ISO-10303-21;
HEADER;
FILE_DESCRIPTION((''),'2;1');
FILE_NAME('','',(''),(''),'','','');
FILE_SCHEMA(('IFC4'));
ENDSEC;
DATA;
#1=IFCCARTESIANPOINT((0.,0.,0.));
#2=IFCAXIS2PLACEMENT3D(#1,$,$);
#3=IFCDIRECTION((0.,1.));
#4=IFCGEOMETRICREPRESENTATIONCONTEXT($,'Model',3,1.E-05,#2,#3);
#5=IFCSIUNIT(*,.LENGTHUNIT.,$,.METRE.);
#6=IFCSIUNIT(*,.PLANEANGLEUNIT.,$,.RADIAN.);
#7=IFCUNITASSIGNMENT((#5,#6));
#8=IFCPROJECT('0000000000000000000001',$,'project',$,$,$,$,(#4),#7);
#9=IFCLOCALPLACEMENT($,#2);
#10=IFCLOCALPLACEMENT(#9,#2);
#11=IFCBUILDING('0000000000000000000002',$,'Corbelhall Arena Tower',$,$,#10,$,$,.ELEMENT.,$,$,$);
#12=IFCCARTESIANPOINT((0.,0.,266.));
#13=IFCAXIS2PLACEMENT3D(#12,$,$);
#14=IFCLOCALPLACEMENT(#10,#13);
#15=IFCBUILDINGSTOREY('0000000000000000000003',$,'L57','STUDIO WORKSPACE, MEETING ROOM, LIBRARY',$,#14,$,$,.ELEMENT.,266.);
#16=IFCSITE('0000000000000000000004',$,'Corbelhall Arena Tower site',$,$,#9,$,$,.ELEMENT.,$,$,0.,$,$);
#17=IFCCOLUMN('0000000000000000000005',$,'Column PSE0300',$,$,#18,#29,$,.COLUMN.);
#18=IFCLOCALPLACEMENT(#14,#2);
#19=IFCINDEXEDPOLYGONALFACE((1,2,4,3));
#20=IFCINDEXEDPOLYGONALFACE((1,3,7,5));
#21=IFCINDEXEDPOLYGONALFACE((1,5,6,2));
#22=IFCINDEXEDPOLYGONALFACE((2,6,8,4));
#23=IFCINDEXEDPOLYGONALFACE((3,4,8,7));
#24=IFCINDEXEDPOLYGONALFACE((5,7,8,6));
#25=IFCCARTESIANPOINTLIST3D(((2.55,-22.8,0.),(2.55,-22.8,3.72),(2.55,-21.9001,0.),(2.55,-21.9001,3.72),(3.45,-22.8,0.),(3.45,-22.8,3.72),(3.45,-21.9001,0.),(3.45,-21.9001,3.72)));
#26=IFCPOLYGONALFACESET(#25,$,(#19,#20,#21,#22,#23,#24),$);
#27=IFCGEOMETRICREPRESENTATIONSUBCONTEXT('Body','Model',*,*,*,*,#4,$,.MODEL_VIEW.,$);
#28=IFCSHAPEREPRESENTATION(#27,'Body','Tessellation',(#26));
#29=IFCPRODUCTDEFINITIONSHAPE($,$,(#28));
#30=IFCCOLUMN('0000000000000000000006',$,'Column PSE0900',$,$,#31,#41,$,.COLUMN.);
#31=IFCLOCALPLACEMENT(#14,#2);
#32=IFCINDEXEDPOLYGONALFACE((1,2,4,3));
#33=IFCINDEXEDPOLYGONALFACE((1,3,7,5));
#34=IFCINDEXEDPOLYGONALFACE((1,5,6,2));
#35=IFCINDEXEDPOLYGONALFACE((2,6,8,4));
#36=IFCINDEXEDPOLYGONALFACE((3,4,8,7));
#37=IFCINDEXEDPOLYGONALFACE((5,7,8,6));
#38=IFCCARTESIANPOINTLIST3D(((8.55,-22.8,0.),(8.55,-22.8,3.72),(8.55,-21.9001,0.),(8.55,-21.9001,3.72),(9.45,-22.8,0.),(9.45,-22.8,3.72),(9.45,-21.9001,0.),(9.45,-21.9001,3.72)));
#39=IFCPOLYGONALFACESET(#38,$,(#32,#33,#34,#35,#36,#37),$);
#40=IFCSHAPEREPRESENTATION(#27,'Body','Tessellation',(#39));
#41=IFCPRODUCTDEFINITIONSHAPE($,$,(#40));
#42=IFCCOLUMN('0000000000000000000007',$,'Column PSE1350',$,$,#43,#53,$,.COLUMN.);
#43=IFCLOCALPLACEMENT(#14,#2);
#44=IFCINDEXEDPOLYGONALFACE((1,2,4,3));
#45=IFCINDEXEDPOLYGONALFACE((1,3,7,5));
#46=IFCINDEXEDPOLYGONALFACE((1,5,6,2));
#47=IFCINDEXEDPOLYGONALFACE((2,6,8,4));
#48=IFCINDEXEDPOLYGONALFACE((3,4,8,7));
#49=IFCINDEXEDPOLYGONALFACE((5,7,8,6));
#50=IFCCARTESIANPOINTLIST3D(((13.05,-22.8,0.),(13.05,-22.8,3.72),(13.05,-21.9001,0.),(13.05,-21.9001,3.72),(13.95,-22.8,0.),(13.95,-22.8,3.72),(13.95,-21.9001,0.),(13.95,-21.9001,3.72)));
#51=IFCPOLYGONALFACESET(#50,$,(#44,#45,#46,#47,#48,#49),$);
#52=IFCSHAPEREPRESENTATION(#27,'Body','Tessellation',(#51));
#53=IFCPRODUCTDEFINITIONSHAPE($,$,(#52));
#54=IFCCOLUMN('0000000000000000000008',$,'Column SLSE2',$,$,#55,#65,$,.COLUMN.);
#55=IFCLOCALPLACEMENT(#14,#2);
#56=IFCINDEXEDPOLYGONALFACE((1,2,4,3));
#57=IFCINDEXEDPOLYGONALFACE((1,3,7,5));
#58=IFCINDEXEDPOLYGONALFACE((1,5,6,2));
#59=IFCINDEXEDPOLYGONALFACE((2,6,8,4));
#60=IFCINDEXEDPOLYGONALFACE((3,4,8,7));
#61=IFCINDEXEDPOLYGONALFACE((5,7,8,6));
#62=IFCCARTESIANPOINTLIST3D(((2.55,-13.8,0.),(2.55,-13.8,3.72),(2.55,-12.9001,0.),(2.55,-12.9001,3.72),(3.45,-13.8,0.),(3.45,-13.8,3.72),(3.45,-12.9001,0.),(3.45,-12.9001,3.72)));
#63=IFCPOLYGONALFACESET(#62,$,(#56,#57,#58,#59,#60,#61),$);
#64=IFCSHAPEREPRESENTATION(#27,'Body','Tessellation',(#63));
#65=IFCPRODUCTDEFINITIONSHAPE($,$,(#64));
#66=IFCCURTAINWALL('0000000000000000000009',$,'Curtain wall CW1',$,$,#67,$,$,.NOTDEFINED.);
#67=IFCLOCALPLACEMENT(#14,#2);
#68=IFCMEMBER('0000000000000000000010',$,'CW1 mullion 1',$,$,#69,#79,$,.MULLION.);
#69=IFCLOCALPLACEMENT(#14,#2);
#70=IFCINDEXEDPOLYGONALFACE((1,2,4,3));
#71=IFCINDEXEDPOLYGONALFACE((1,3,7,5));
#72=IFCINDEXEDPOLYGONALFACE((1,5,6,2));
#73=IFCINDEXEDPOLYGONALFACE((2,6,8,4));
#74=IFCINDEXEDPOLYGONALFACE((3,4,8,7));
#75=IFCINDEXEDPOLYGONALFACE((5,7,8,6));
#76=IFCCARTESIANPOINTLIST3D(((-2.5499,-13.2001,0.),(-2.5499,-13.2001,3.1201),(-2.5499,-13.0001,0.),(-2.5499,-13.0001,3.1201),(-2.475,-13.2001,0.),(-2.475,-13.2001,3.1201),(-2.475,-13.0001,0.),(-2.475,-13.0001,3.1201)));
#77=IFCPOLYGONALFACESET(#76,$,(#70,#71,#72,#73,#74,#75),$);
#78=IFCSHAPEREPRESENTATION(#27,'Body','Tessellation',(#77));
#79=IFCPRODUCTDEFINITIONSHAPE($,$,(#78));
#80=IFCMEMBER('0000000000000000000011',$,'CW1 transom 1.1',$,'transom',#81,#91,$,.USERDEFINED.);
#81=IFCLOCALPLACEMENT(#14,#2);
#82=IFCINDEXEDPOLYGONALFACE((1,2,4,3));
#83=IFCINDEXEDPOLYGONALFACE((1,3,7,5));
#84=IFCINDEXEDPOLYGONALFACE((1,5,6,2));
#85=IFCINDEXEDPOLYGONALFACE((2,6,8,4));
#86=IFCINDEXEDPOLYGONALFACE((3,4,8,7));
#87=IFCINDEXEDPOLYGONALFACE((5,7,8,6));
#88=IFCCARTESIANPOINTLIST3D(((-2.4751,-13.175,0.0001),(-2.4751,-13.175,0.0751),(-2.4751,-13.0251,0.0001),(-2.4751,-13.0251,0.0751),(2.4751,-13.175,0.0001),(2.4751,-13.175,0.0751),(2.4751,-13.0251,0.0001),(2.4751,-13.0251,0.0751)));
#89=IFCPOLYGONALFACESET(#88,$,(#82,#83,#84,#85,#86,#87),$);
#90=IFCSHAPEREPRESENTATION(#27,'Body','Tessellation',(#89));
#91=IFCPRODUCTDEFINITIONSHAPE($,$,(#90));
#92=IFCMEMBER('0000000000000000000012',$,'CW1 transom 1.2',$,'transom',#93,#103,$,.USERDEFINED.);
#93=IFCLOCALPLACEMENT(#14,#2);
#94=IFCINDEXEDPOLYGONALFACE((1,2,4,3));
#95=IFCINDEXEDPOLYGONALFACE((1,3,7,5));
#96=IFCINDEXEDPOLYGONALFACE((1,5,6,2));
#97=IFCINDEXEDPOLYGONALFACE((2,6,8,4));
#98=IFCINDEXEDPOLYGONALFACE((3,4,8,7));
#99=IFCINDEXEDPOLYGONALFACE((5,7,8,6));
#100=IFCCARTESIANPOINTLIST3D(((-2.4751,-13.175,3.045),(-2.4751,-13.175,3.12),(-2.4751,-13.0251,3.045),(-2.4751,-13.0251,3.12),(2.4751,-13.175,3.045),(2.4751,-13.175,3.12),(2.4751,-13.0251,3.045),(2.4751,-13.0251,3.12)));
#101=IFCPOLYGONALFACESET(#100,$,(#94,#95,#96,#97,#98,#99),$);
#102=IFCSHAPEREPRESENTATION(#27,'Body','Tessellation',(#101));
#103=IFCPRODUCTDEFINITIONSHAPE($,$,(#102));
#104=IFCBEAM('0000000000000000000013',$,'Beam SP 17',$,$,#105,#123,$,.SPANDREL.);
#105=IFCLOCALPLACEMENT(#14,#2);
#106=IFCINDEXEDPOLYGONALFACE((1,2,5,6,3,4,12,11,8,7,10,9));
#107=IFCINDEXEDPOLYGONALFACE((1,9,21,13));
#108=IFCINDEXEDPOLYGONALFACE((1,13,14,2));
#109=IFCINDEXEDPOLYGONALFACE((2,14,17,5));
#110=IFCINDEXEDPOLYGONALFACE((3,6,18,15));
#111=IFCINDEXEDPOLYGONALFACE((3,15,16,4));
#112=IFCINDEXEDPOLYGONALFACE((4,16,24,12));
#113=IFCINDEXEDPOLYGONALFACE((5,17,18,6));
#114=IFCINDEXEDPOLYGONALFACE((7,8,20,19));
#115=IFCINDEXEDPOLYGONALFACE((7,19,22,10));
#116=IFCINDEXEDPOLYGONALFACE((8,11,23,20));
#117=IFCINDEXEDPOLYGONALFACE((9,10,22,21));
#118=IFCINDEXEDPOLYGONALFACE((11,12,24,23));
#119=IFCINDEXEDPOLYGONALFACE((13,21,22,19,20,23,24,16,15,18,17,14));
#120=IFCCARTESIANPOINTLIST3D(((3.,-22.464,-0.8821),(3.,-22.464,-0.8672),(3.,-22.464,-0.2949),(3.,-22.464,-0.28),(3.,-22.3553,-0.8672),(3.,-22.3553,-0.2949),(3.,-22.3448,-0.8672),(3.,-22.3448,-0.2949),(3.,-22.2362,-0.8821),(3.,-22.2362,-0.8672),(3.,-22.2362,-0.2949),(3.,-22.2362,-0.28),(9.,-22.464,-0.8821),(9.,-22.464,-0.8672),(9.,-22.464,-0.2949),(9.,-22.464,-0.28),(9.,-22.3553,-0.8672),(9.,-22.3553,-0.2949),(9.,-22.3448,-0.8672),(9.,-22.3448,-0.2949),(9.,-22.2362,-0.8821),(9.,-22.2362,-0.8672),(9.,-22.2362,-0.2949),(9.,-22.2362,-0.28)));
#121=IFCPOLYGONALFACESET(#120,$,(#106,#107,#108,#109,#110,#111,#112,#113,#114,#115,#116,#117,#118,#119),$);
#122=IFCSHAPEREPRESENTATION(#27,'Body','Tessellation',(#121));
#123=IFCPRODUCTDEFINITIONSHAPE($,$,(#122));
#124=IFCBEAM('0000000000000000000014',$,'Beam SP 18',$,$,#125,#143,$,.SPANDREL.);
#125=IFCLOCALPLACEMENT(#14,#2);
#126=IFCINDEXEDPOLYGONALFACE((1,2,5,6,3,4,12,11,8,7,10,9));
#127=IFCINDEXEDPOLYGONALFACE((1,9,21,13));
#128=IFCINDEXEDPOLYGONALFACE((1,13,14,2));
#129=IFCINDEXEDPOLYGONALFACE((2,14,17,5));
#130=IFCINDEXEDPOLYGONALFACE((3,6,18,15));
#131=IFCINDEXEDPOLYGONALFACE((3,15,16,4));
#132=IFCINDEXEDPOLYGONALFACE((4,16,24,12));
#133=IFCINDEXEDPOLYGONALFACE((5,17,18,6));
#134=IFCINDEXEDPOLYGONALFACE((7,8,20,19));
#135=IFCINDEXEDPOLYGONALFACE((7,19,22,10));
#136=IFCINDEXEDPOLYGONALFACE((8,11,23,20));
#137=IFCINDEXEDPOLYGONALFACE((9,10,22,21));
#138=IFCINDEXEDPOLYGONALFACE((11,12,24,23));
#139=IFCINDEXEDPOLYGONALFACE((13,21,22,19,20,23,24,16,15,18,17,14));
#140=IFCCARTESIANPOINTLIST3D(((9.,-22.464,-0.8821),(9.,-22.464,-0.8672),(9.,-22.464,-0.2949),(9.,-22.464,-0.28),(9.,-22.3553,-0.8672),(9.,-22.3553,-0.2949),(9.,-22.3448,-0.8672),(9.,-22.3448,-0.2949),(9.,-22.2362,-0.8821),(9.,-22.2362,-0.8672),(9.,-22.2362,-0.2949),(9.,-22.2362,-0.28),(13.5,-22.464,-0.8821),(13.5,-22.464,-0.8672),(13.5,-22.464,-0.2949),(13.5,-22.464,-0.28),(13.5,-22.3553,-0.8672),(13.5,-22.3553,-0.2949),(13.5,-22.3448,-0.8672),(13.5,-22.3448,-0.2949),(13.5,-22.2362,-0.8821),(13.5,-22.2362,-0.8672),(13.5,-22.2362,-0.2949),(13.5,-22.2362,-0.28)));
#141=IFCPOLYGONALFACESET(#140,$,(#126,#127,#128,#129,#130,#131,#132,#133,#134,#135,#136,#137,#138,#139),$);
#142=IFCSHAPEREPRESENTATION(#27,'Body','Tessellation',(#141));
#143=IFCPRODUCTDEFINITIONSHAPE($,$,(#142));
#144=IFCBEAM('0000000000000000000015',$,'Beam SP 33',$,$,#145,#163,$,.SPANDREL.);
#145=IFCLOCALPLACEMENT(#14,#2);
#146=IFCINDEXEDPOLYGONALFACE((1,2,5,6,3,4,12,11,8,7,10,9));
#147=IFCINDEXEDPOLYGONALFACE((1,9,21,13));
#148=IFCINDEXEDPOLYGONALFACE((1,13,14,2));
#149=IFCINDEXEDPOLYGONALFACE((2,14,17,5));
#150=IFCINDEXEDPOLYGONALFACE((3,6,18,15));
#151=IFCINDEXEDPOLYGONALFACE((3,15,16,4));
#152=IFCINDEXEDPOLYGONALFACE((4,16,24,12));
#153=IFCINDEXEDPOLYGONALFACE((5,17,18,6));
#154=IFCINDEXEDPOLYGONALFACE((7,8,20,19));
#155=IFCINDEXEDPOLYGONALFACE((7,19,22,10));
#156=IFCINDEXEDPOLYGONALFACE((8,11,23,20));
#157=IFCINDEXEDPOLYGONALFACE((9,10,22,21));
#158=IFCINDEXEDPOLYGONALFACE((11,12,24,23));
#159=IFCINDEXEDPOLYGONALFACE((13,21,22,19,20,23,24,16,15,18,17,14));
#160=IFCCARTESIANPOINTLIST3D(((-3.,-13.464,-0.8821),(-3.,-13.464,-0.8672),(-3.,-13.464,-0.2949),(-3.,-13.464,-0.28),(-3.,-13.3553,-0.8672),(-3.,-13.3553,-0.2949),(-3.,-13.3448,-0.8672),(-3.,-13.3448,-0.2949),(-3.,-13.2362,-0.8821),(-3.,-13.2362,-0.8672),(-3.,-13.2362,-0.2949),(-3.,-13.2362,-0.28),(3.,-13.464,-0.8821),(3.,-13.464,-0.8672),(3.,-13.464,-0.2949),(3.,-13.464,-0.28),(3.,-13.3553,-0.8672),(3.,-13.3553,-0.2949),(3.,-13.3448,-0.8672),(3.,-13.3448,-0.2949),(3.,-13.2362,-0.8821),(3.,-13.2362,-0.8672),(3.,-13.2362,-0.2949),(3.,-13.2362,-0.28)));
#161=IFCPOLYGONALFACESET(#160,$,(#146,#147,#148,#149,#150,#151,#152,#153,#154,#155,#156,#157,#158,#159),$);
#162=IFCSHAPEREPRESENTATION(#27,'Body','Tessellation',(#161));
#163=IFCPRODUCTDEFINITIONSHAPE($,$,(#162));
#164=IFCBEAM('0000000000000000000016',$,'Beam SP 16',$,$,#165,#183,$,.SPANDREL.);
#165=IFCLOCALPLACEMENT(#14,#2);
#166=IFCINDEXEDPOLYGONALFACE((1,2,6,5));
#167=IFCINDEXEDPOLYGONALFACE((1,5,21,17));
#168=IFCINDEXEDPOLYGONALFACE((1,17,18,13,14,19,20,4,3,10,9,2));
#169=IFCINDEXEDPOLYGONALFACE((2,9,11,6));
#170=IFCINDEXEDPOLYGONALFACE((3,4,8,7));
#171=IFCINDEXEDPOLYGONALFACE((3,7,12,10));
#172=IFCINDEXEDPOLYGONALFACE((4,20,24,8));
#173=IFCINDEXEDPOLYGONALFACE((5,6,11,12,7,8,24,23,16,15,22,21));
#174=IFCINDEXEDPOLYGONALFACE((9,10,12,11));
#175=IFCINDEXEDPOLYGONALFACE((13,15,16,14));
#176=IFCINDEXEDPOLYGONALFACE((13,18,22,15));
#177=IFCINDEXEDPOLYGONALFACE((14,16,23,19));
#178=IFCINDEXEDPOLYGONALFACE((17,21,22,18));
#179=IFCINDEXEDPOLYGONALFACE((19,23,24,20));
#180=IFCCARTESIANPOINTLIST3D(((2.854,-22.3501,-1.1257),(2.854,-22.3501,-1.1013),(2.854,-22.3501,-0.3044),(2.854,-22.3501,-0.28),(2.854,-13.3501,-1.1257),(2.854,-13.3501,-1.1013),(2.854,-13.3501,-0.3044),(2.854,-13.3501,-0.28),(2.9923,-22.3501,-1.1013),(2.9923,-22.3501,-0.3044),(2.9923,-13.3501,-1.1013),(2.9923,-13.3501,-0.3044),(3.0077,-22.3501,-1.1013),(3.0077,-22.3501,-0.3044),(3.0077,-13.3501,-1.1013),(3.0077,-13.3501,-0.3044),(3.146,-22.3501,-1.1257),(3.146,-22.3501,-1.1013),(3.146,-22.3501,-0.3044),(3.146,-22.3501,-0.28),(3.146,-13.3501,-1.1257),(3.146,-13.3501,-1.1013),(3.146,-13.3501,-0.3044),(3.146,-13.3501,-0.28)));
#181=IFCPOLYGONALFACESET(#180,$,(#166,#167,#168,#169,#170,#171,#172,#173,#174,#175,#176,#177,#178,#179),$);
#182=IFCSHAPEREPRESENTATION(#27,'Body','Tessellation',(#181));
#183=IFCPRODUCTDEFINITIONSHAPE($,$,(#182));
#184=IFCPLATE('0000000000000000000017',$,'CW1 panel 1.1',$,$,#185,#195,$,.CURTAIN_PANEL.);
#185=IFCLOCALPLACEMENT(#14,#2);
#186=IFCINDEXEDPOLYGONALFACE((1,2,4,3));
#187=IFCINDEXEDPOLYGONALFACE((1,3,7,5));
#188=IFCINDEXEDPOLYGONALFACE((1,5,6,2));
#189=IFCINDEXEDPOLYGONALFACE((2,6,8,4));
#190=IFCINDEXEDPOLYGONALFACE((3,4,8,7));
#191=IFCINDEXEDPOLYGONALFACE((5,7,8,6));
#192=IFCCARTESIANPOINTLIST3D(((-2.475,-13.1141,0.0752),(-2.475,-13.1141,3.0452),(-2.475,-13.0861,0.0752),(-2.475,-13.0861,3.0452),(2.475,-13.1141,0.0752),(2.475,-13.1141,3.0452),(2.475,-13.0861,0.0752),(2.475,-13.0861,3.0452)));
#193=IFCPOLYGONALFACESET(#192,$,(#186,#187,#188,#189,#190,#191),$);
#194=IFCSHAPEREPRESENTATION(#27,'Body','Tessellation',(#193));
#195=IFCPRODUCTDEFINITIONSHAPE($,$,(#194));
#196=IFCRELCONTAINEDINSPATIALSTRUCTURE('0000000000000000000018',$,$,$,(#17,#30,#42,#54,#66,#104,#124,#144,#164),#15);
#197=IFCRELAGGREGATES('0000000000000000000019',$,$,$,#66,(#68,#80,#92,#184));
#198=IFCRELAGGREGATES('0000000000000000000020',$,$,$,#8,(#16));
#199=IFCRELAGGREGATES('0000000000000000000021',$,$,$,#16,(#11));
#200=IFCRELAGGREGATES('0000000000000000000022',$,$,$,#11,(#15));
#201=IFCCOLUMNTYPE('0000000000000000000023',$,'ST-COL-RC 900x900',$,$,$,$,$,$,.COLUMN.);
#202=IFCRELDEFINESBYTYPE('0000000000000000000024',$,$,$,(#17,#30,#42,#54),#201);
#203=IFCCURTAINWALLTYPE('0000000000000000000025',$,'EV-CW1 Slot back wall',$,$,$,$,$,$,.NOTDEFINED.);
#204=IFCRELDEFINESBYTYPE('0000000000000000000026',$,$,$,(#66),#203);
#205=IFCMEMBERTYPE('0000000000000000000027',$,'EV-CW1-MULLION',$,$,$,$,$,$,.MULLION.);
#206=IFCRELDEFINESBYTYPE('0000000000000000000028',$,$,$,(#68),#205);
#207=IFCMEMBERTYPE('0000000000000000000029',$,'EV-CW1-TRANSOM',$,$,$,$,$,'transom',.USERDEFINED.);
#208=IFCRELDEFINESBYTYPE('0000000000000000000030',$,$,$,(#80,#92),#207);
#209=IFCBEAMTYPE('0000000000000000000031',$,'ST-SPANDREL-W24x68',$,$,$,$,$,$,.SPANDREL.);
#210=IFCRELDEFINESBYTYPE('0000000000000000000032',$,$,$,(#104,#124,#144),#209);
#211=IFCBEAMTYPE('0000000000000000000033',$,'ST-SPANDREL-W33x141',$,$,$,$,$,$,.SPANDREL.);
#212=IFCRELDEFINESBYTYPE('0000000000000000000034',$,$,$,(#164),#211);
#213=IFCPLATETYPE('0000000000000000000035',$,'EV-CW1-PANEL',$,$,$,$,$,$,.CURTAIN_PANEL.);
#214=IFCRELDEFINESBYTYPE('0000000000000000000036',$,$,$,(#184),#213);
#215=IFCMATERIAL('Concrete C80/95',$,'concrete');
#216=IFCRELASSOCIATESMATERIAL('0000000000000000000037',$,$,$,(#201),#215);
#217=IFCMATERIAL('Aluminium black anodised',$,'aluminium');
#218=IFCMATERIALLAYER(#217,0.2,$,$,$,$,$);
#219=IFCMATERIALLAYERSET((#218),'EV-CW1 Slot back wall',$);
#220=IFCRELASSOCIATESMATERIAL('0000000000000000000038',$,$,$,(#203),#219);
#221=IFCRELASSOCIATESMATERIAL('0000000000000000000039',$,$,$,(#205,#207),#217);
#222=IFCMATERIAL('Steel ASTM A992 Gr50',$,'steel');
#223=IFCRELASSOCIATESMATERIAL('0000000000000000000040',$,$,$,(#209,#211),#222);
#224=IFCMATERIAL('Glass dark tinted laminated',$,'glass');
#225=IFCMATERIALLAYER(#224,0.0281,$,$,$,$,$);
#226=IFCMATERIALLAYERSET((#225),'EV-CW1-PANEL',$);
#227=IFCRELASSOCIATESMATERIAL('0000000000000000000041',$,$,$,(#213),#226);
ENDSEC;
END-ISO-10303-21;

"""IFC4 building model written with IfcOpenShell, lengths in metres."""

from ifc_helpers import new_model, si_unit, direction, frame, origin, origin_2d, place, context, subcontext, project, spatial, rectangle, i_section, extrude, material, layer, layer_set, material_profile, profile_set, type_object, element, aggregate, save


model = new_model("IFC4")

# Units and contexts
model_context = context("Model", 3, precision=1e-05, world=origin(), true_north=direction((0.0, 1.0)))
body_context = subcontext(model_context, "Body", "Model", "MODEL_VIEW")
ifc_project = project(units=[si_unit("LENGTHUNIT", "METRE"), si_unit("PLANEANGLEUNIT", "RADIAN")], contexts=[model_context])

# Site, building, storey
site_placement = place(None, origin())
site = spatial("IfcSite", under=ifc_project, at=site_placement, Name="Corbelhall Arena Tower site", CompositionType="ELEMENT", RefElevation=0.0)
building_placement = place(site_placement, origin())
building = spatial("IfcBuilding", under=site, at=building_placement, Name="Corbelhall Arena Tower", CompositionType="ELEMENT")
storey_placement = place(building_placement, frame((0.0, 0.0, 266.0)))
storey = spatial("IfcBuildingStorey", under=building, at=storey_placement, Name="L57", Description="STUDIO WORKSPACE, MEETING ROOM, LIBRARY", CompositionType="ELEMENT", Elevation=266.0)

# Columns
ifc_material_1 = material(Name="Concrete C80/95", Category="concrete")
ifc_material_profile_1 = material_profile(ifc_material_1, rectangle(XDim=0.8999, YDim=0.8999, at=origin_2d()))
ifc_profile_set_1 = profile_set([ifc_material_profile_1], Name="Concrete C80/95")
column_type = type_object("IfcColumnType", Name="ST-COL-RC 900x900", PredefinedType="COLUMN", material=ifc_profile_set_1)
for number, where, z_axis, x_axis, name in (
    (1, (3.0, -22.3501, 0.0), (0.0, 0.0, 1.0), (1.0, 0.0, 0.0), "Column PSE0300"),
    (2, (9.0, -22.3501, 0.0), (0.0, 0.0, 1.0), (1.0, 0.0, 0.0), "Column PSE0900"),
    (3, (13.5, -22.3501, 0.0), (0.0, 0.0, 1.0), (1.0, 0.0, 0.0), "Column PSE1350"),
    (4, (3.0, -13.3501, 0.0), (0.0, 0.0, 1.0), (1.0, 0.0, 0.0), "Column SLSE2"),
):
    element("IfcColumn", number, at=place(storey_placement, frame(where, z_axis=z_axis, x_axis=x_axis)), inside=storey, type_object=column_type, Name=name, PredefinedType="COLUMN", context=body_context, shape_type="SweptSolid", body=[
        extrude(rectangle(XDim=0.8999, YDim=0.8999, at=origin_2d()), origin(), (0.0, 0.0, 1.0), 3.72),
    ])

# Curtain wall, members
ifc_material_2 = material(Name="Aluminium black anodised", Category="aluminium")
ifc_layer_1 = layer(ifc_material_2, 0.2)
ifc_layer_set_1 = layer_set([ifc_layer_1], Name="EV-CW1 Slot back wall")
curtain_wall_type = type_object("IfcCurtainWallType", Name="EV-CW1 Slot back wall", PredefinedType="NOTDEFINED", material=ifc_layer_set_1)
curtain_wall_placement = place(storey_placement, origin())
curtain_wall = element("IfcCurtainWall", 5, at=curtain_wall_placement, inside=storey, type_object=curtain_wall_type, Name="Curtain wall CW1", PredefinedType="NOTDEFINED")
ifc_material_profile_2 = material_profile(ifc_material_2, rectangle(XDim=0.2, YDim=0.075, at=origin_2d()))
ifc_profile_set_2 = profile_set([ifc_material_profile_2], Name="Aluminium black anodised")
member_type_1 = type_object("IfcMemberType", Name="EV-CW1-MULLION", PredefinedType="MULLION", material=ifc_profile_set_2)
member_1_placement = place(storey_placement, frame((-2.5125, -13.1001, 0.0), z_axis=(0.0, 0.0, 1.0), x_axis=(0.0, 1.0, 0.0)))
member_1 = element("IfcMember", 6, at=member_1_placement, type_object=member_type_1, Name="CW1 mullion 1", PredefinedType="MULLION", context=body_context, shape_type="SweptSolid", body=[
    extrude(rectangle(XDim=0.2, YDim=0.075, at=origin_2d()), origin(), (0.0, 0.0, 1.0), 3.1201),
])
ifc_material_profile_3 = material_profile(ifc_material_2, rectangle(XDim=0.1499, YDim=0.075, at=origin_2d()))
ifc_profile_set_3 = profile_set([ifc_material_profile_3], Name="Aluminium black anodised")
member_type_2 = type_object("IfcMemberType", Name="EV-CW1-TRANSOM", ElementType="transom", PredefinedType="USERDEFINED", material=ifc_profile_set_3)
member_2_placement = place(storey_placement, frame((-2.4751, -13.1001, 0.0376), z_axis=(1.0, 0.0, 0.0), x_axis=(0.0, 1.0, 0.0)))
member_2 = element("IfcMember", 7, at=member_2_placement, type_object=member_type_2, Name="CW1 transom 1.1", ObjectType="transom", PredefinedType="USERDEFINED", context=body_context, shape_type="SweptSolid", body=[
    extrude(rectangle(XDim=0.1499, YDim=0.075, at=origin_2d()), origin(), (0.0, 0.0, 1.0), 4.9502),
])
member_3_placement = place(storey_placement, frame((-2.4751, -13.1001, 3.0825), z_axis=(1.0, 0.0, 0.0), x_axis=(0.0, 1.0, 0.0)))
member_3 = element("IfcMember", 8, at=member_3_placement, type_object=member_type_2, Name="CW1 transom 1.2", ObjectType="transom", PredefinedType="USERDEFINED", context=body_context, shape_type="SweptSolid", body=[
    extrude(rectangle(XDim=0.1499, YDim=0.075, at=origin_2d()), origin(), (0.0, 0.0, 1.0), 4.9502),
])

# Beams
ifc_material_3 = material(Name="Steel ASTM A992 Gr50", Category="steel")
ifc_material_profile_4 = material_profile(ifc_material_3, i_section(OverallWidth=0.2278, OverallDepth=0.6021, WebThickness=0.0105, FlangeThickness=0.0149, at=origin_2d()))
ifc_profile_set_4 = profile_set([ifc_material_profile_4], Name="Steel ASTM A992 Gr50")
beam_type_1 = type_object("IfcBeamType", Name="ST-SPANDREL-W24x68", PredefinedType="SPANDREL", material=ifc_profile_set_4)
beam_1_placement = place(storey_placement, frame((9.0, -22.3501, -0.5811), z_axis=(-1.0, 0.0, 0.0), x_axis=(0.0, -1.0, 0.0)))
element("IfcBeam", 9, at=beam_1_placement, inside=storey, type_object=beam_type_1, Name="Beam SP 17", PredefinedType="SPANDREL", context=body_context, shape_type="SweptSolid", body=[
    extrude(i_section(OverallWidth=0.2278, OverallDepth=0.6021, WebThickness=0.0105, FlangeThickness=0.0149, at=origin_2d()), origin(), (0.0, 0.0, 1.0), 6.0),
])
beam_2_placement = place(storey_placement, frame((13.5, -22.3501, -0.5811), z_axis=(-1.0, 0.0, 0.0), x_axis=(0.0, -1.0, 0.0)))
element("IfcBeam", 10, at=beam_2_placement, inside=storey, type_object=beam_type_1, Name="Beam SP 18", PredefinedType="SPANDREL", context=body_context, shape_type="SweptSolid", body=[
    extrude(i_section(OverallWidth=0.2278, OverallDepth=0.6021, WebThickness=0.0105, FlangeThickness=0.0149, at=origin_2d()), origin(), (0.0, 0.0, 1.0), 4.5),
])
beam_3_placement = place(storey_placement, frame((3.0, -13.3501, -0.5811), z_axis=(-1.0, 0.0, 0.0), x_axis=(0.0, -1.0, 0.0)))
element("IfcBeam", 11, at=beam_3_placement, inside=storey, type_object=beam_type_1, Name="Beam SP 33", PredefinedType="SPANDREL", context=body_context, shape_type="SweptSolid", body=[
    extrude(i_section(OverallWidth=0.2278, OverallDepth=0.6021, WebThickness=0.0105, FlangeThickness=0.0149, at=origin_2d()), origin(), (0.0, 0.0, 1.0), 6.0),
])
ifc_material_profile_5 = material_profile(ifc_material_3, i_section(OverallWidth=0.292, OverallDepth=0.8457, WebThickness=0.0154, FlangeThickness=0.0244, at=origin_2d()))
ifc_profile_set_5 = profile_set([ifc_material_profile_5], Name="Steel ASTM A992 Gr50")
beam_type_2 = type_object("IfcBeamType", Name="ST-SPANDREL-W33x141", PredefinedType="SPANDREL", material=ifc_profile_set_5)
beam_4_placement = place(storey_placement, frame((3.0, -22.3501, -0.7029), z_axis=(0.0, 1.0, 0.0), x_axis=(-1.0, 0.0, 0.0)))
element("IfcBeam", 12, at=beam_4_placement, inside=storey, type_object=beam_type_2, Name="Beam SP 16", PredefinedType="SPANDREL", context=body_context, shape_type="SweptSolid", body=[
    extrude(i_section(OverallWidth=0.292, OverallDepth=0.8457, WebThickness=0.0154, FlangeThickness=0.0244, at=origin_2d()), origin(), (0.0, 0.0, 1.0), 9.0),
])

# Plate
ifc_material_4 = material(Name="Glass dark tinted laminated", Category="glass")
ifc_layer_2 = layer(ifc_material_4, 0.0281)
ifc_layer_set_2 = layer_set([ifc_layer_2], Name="EV-CW1-PANEL")
plate_type = type_object("IfcPlateType", Name="EV-CW1-PANEL", PredefinedType="CURTAIN_PANEL", material=ifc_layer_set_2)
plate_placement = place(storey_placement, frame((0.0, -13.1001, 0.0752), z_axis=(0.0, 0.0, 1.0), x_axis=(1.0, 0.0, 0.0)))
plate = element("IfcPlate", 13, at=plate_placement, type_object=plate_type, Name="CW1 panel 1.1", PredefinedType="CURTAIN_PANEL", context=body_context, shape_type="SweptSolid", body=[
    extrude(rectangle(XDim=4.95, YDim=0.0281, at=origin_2d()), origin(), (0.0, 0.0, 1.0), 2.97),
])
aggregate(curtain_wall, [member_1, member_2, member_3, plate])

save(model, "model.ifc")
